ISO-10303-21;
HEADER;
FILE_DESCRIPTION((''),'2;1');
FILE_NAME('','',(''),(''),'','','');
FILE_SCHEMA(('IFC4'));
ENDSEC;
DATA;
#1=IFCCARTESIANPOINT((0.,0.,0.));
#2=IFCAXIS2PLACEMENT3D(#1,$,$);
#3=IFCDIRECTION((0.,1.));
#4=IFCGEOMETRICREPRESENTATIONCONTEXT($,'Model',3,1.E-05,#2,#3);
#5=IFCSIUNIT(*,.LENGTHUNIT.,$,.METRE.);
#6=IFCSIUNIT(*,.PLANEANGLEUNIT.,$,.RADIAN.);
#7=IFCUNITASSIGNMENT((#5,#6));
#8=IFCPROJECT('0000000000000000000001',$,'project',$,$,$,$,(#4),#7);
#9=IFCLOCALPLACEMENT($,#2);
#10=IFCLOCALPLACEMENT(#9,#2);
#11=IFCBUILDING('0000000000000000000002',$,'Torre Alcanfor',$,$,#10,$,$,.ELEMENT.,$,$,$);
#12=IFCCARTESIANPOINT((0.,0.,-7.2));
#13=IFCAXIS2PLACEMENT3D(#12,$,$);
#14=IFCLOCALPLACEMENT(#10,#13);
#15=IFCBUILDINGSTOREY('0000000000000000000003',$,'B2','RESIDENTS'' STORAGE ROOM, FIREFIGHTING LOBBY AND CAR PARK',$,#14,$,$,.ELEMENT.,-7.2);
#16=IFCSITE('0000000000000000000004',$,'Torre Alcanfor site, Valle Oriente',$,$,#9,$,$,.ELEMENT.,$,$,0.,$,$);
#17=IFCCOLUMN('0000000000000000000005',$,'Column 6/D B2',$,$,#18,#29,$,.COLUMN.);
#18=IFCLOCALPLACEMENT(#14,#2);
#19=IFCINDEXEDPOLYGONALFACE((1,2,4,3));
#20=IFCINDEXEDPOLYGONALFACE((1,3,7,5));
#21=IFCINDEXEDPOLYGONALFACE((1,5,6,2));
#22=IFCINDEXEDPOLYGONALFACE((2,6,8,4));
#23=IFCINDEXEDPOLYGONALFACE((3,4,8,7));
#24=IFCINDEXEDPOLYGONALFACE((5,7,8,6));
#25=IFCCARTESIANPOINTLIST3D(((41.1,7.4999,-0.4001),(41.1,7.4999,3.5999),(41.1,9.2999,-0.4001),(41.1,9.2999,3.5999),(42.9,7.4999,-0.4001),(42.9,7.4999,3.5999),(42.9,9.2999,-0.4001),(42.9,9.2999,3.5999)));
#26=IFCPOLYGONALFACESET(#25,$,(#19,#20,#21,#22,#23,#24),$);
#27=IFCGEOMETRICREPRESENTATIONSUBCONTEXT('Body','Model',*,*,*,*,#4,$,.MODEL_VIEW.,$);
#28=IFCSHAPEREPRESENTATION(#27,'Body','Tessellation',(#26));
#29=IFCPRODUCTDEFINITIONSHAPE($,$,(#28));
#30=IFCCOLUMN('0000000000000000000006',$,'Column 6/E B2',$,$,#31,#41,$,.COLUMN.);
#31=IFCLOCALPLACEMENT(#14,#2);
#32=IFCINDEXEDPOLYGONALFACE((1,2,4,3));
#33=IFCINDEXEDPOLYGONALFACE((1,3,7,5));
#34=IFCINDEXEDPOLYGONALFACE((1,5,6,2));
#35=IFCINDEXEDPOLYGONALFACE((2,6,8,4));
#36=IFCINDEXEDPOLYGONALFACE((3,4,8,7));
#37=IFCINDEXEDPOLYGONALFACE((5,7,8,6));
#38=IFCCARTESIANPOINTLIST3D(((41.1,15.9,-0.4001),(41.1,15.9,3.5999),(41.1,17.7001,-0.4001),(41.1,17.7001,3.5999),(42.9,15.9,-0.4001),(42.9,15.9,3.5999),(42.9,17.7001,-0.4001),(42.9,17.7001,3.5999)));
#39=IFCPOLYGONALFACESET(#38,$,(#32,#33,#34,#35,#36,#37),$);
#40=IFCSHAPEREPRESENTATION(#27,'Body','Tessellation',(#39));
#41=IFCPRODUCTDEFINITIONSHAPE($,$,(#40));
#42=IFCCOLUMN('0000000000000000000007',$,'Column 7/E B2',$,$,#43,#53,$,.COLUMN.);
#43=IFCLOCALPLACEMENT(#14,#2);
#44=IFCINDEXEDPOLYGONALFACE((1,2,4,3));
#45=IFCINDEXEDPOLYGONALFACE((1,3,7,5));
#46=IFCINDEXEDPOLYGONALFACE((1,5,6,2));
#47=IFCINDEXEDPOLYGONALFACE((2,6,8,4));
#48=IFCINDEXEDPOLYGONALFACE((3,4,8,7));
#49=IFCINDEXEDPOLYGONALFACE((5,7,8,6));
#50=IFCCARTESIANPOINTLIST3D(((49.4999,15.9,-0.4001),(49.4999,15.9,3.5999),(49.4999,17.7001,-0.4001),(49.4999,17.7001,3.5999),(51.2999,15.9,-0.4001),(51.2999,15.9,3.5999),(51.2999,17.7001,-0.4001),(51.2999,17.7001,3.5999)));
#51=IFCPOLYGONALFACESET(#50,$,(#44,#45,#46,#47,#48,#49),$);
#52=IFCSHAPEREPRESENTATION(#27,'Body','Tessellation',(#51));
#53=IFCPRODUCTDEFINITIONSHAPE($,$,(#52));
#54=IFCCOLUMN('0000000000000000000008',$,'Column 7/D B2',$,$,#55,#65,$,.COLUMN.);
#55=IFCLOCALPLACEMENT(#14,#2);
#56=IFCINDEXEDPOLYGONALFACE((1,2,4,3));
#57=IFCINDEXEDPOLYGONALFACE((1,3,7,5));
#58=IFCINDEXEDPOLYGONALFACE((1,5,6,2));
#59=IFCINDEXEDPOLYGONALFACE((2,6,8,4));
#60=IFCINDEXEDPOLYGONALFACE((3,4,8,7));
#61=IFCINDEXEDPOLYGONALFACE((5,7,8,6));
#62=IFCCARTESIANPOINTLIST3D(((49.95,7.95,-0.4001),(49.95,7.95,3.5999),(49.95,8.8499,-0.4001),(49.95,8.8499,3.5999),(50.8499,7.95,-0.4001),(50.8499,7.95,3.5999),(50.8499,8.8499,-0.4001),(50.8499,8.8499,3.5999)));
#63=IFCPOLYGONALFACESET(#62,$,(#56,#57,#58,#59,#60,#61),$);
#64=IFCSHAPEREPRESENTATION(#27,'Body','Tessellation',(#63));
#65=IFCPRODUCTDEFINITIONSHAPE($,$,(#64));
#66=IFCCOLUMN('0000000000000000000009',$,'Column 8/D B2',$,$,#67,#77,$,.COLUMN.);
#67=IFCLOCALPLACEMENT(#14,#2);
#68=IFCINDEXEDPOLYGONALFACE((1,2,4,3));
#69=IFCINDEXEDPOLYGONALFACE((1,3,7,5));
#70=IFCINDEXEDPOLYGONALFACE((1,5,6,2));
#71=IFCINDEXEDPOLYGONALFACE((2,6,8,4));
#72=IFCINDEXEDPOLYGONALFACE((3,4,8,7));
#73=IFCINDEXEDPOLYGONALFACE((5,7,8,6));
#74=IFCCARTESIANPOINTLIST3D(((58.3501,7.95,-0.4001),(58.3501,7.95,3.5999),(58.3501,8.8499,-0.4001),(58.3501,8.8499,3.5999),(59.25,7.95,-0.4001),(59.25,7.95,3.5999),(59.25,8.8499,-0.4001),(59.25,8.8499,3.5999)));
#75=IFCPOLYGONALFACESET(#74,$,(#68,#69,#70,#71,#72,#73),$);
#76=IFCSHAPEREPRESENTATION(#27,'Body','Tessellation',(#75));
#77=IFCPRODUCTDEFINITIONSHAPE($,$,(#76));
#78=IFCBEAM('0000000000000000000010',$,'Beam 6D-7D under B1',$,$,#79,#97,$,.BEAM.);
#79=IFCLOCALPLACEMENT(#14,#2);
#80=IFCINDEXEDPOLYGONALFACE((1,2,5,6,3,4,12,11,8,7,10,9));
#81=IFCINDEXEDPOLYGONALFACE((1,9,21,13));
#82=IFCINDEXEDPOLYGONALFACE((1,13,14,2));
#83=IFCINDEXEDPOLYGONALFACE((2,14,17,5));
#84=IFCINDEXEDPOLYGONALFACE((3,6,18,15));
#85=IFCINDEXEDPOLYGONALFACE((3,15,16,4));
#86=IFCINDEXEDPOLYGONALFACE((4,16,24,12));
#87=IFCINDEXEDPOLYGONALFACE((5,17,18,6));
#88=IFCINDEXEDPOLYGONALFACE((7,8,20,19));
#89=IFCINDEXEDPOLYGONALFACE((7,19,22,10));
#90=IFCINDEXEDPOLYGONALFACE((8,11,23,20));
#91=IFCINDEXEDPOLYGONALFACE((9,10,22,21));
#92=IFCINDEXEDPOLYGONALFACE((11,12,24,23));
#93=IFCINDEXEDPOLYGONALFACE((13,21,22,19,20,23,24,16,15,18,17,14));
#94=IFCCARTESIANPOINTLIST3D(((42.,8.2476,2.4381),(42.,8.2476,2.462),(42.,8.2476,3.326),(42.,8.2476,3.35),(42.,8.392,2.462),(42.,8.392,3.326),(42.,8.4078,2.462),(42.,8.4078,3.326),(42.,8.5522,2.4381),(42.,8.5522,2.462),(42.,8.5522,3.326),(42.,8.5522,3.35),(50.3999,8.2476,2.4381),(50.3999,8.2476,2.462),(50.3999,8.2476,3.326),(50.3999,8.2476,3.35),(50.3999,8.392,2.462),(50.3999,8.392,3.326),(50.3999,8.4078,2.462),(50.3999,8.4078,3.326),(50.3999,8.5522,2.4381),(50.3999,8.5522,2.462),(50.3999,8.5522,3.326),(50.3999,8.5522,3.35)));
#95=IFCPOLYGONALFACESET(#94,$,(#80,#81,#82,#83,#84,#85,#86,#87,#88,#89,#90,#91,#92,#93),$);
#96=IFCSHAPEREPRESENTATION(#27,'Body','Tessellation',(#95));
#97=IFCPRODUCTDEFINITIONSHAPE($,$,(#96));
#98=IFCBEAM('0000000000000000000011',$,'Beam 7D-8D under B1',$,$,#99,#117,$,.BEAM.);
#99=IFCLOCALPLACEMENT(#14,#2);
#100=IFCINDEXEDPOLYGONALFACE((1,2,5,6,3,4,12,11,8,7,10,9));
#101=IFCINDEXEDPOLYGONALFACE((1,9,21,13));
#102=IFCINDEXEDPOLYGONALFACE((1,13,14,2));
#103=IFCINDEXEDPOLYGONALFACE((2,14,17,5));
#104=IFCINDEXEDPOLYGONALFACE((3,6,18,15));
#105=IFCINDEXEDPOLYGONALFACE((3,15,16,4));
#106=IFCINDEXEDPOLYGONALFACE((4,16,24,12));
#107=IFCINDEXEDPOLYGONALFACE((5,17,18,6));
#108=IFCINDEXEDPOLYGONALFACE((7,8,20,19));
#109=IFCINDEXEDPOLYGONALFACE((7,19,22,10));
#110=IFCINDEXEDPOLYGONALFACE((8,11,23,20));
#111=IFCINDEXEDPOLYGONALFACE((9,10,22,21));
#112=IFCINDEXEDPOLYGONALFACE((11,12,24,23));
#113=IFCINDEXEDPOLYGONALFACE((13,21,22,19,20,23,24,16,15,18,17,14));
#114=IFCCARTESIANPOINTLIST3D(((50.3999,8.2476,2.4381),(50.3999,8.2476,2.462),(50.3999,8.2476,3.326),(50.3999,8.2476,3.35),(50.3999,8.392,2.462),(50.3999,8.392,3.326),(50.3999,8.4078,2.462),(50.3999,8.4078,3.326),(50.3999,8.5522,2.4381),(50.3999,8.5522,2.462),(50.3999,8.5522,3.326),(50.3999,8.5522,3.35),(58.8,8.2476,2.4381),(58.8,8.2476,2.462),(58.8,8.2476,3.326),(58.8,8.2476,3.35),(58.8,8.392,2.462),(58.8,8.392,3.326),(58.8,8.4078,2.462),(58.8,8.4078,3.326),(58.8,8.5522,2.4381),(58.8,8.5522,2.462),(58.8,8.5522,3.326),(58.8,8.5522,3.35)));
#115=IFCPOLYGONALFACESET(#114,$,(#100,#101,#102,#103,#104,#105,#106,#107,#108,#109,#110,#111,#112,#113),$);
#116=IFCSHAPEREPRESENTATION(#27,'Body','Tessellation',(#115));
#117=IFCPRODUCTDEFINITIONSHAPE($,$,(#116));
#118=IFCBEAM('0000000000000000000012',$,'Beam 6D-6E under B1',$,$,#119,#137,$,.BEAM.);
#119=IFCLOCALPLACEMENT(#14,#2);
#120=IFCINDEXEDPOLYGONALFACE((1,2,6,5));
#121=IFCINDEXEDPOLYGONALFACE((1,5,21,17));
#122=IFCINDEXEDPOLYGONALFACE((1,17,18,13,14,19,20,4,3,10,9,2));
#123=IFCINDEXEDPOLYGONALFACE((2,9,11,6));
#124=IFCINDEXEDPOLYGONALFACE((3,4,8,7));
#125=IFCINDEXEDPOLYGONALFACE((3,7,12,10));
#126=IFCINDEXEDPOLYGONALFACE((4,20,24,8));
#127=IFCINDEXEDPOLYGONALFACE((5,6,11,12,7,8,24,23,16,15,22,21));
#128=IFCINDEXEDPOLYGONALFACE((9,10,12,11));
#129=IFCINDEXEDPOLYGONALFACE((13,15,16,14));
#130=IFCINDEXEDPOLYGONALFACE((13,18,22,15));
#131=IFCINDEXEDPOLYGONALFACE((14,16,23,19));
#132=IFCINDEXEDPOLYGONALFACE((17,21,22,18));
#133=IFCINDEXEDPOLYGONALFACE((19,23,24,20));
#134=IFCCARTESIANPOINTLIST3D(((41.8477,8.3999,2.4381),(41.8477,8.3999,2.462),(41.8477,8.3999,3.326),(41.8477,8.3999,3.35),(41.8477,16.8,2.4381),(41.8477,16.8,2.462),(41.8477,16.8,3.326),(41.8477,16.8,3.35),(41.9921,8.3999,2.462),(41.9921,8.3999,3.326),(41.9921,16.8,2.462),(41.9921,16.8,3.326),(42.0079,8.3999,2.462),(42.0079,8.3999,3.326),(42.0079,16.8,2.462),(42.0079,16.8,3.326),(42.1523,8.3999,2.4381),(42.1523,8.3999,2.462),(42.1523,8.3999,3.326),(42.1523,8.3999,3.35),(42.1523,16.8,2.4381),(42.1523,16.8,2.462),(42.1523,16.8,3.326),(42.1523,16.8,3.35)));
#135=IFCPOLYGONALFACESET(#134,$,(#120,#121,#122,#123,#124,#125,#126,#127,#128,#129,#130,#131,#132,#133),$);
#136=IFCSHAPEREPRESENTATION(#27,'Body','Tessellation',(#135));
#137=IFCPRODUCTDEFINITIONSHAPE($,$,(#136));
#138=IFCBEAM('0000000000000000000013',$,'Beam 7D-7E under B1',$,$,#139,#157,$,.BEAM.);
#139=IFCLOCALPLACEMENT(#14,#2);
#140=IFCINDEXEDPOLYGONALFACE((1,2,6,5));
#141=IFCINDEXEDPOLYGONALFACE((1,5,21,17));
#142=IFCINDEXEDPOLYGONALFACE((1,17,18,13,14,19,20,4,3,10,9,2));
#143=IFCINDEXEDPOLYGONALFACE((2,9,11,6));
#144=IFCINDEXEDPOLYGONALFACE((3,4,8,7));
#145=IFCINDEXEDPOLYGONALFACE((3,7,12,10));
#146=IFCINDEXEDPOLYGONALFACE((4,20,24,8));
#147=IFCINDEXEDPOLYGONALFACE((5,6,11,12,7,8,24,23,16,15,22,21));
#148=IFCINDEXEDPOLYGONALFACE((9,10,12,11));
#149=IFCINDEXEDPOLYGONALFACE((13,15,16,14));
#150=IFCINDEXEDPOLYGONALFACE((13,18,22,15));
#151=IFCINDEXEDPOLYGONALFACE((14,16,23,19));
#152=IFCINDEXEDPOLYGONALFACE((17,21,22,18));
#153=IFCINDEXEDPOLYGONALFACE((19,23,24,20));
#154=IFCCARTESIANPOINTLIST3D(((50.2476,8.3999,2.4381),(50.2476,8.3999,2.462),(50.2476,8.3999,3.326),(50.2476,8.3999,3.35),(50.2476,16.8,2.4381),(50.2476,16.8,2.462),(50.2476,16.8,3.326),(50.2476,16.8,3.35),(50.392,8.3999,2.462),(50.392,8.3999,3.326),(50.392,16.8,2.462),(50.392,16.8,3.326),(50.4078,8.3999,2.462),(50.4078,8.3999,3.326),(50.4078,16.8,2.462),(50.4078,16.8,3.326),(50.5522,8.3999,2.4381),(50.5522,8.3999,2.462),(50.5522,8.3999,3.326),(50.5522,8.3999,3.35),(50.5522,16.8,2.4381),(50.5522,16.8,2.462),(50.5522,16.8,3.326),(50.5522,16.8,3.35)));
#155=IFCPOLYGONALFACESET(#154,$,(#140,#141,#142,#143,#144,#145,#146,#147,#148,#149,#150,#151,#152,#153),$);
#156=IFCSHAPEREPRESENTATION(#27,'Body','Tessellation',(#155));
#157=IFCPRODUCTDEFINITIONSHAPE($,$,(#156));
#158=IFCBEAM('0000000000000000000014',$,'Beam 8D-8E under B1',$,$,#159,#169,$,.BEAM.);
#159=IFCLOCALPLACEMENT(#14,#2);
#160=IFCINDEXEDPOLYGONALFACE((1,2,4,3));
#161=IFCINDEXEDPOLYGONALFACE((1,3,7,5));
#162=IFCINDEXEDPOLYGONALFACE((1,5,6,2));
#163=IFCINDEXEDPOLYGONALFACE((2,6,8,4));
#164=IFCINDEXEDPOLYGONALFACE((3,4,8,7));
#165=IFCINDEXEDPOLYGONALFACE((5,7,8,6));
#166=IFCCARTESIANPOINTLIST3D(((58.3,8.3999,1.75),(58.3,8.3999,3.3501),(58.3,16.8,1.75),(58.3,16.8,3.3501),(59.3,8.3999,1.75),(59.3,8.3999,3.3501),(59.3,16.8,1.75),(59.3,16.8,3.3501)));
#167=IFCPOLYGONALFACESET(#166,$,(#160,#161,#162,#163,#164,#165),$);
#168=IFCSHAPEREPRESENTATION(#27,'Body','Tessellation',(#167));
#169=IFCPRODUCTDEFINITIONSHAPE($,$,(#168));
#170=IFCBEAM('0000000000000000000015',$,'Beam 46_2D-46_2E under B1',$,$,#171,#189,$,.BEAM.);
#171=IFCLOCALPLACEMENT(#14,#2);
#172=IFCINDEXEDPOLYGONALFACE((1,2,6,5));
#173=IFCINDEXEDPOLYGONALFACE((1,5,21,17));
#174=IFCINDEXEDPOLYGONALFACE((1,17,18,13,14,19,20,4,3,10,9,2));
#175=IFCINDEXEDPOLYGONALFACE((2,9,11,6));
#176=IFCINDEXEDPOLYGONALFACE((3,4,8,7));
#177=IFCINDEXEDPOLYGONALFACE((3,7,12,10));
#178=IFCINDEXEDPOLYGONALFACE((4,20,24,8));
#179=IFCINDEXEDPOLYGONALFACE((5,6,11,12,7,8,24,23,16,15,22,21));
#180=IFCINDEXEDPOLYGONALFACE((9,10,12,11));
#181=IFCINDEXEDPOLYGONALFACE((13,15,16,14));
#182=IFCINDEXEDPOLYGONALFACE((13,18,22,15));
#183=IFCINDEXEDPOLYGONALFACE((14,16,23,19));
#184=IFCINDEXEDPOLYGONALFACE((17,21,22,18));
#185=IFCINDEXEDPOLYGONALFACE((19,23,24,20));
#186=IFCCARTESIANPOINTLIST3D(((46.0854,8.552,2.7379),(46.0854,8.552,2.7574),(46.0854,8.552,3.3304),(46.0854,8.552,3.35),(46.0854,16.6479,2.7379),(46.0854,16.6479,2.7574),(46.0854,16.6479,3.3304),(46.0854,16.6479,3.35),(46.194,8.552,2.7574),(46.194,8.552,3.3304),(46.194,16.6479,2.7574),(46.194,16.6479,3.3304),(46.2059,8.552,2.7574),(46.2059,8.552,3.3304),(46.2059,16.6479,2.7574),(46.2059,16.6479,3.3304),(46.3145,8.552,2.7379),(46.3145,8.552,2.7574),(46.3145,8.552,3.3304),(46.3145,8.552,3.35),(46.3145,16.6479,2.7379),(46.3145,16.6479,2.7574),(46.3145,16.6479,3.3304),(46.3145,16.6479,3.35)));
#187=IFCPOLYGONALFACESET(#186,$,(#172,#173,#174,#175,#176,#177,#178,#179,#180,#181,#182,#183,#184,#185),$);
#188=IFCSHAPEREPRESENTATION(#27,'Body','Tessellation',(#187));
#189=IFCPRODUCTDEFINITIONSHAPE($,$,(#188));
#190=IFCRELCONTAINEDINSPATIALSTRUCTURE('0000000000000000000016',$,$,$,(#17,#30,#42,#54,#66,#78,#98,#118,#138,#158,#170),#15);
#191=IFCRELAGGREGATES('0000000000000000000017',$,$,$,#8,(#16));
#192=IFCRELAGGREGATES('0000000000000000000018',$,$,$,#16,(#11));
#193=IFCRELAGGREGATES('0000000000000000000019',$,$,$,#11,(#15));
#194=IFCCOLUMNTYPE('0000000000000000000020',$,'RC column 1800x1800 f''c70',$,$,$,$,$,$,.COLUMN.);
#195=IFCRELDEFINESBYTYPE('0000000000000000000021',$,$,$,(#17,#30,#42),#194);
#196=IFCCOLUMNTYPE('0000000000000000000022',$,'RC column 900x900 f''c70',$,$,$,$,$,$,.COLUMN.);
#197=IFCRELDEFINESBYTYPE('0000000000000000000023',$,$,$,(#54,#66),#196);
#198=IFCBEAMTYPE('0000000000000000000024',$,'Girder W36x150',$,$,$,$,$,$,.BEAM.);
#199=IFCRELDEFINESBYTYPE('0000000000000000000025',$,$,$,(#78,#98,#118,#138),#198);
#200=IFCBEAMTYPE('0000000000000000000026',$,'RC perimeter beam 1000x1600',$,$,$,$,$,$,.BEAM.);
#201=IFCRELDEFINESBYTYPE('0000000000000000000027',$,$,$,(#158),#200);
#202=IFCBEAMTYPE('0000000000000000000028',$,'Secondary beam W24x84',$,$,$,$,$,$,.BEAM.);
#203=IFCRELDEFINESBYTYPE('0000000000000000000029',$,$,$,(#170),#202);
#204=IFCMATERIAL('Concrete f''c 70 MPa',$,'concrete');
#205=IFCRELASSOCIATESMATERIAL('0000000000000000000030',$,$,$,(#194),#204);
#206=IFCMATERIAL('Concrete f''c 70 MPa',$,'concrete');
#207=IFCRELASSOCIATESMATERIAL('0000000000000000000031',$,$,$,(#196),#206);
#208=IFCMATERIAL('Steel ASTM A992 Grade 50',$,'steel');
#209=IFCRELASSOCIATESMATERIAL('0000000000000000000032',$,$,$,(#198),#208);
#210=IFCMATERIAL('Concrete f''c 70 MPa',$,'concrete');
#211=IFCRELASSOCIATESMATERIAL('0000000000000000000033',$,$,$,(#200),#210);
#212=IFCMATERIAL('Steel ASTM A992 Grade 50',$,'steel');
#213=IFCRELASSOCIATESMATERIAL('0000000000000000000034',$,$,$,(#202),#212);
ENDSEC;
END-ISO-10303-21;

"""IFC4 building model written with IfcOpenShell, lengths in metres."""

from ifc_helpers import new_model, si_unit, direction, frame, origin, origin_2d, place, context, subcontext, project, spatial, rectangle, i_section, extrude, material, material_profile, profile_set, type_object, element, save


model = new_model("IFC4")

# Units and contexts
model_context = context("Model", 3, precision=1e-05, world=origin(), true_north=direction((0.0, 1.0)))
body_context = subcontext(model_context, "Body", "Model", "MODEL_VIEW")
ifc_project = project(units=[si_unit("LENGTHUNIT", "METRE"), si_unit("PLANEANGLEUNIT", "RADIAN")], contexts=[model_context])

# Site, building, storey
site_placement = place(None, origin())
site = spatial("IfcSite", under=ifc_project, at=site_placement, Name="Torre Alcanfor site, Valle Oriente", CompositionType="ELEMENT", RefElevation=0.0)
building_placement = place(site_placement, origin())
building = spatial("IfcBuilding", under=site, at=building_placement, Name="Torre Alcanfor", CompositionType="ELEMENT")
storey_placement = place(building_placement, frame((0.0, 0.0, -7.2)))
storey = spatial("IfcBuildingStorey", under=building, at=storey_placement, Name="B2", Description="RESIDENTS' STORAGE ROOM, FIREFIGHTING LOBBY AND CAR PARK", CompositionType="ELEMENT", Elevation=-7.2)

# Columns
ifc_material_1 = material(Name="Concrete f'c 70 MPa", Category="concrete")
ifc_material_profile_1 = material_profile(ifc_material_1, rectangle(XDim=1.8, YDim=1.8, at=origin_2d()), Name="1800x1800")
ifc_profile_set_1 = profile_set([ifc_material_profile_1], Name="Concrete f'c 70 MPa")
column_type_1 = type_object("IfcColumnType", Name="RC column 1800x1800 f'c70", PredefinedType="COLUMN", material=ifc_profile_set_1)
for number, where, z_axis, x_axis, name in (
    (1, (42.0, 8.3999, -0.4001), (0.0, 0.0, 1.0), (1.0, 0.0, 0.0), "Column 6/D B2"),
    (2, (42.0, 16.8, -0.4001), (0.0, 0.0, 1.0), (1.0, 0.0, 0.0), "Column 6/E B2"),
    (3, (50.3999, 16.8, -0.4001), (0.0, 0.0, 1.0), (1.0, 0.0, 0.0), "Column 7/E B2"),
):
    element("IfcColumn", number, at=place(storey_placement, frame(where, z_axis=z_axis, x_axis=x_axis)), inside=storey, type_object=column_type_1, Name=name, PredefinedType="COLUMN", context=body_context, shape_type="SweptSolid", body=[
        extrude(rectangle(XDim=1.8, YDim=1.8, at=origin_2d()), origin(), (0.0, 0.0, 1.0), 4.0),
    ])
ifc_material_2 = material(Name="Concrete f'c 70 MPa", Category="concrete")
ifc_material_profile_2 = material_profile(ifc_material_2, rectangle(XDim=0.8999, YDim=0.8999, at=origin_2d()), Name="900x900")
ifc_profile_set_2 = profile_set([ifc_material_profile_2], Name="Concrete f'c 70 MPa")
column_type_2 = type_object("IfcColumnType", Name="RC column 900x900 f'c70", PredefinedType="COLUMN", material=ifc_profile_set_2)
for number, where, z_axis, x_axis, name in (
    (4, (50.3999, 8.3999, -0.4001), (0.0, 0.0, 1.0), (1.0, 0.0, 0.0), "Column 7/D B2"),
    (5, (58.8, 8.3999, -0.4001), (0.0, 0.0, 1.0), (1.0, 0.0, 0.0), "Column 8/D B2"),
):
    element("IfcColumn", number, at=place(storey_placement, frame(where, z_axis=z_axis, x_axis=x_axis)), inside=storey, type_object=column_type_2, Name=name, PredefinedType="COLUMN", context=body_context, shape_type="SweptSolid", body=[
        extrude(rectangle(XDim=0.8999, YDim=0.8999, at=origin_2d()), origin(), (0.0, 0.0, 1.0), 4.0),
    ])

# Beams
ifc_material_3 = material(Name="Steel ASTM A992 Grade 50", Category="steel")
ifc_material_profile_3 = material_profile(ifc_material_3, i_section(OverallWidth=0.3047, OverallDepth=0.9119, WebThickness=0.0159, FlangeThickness=0.0239, at=origin_2d()), Name="W36x150")
ifc_profile_set_3 = profile_set([ifc_material_profile_3], Name="Steel ASTM A992 Grade 50")
beam_type_1 = type_object("IfcBeamType", Name="Girder W36x150", PredefinedType="BEAM", material=ifc_profile_set_3)
beam_1_placement = place(storey_placement, frame((42.0, 8.3999, 2.894), z_axis=(1.0, 0.0, 0.0), x_axis=(0.0, 1.0, 0.0)))
element("IfcBeam", 6, at=beam_1_placement, inside=storey, type_object=beam_type_1, Name="Beam 6D-7D under B1", PredefinedType="BEAM", context=body_context, shape_type="SweptSolid", body=[
    extrude(i_section(OverallWidth=0.3047, OverallDepth=0.9119, WebThickness=0.0159, FlangeThickness=0.0239, at=origin_2d()), origin(), (0.0, 0.0, 1.0), 8.3999),
])
for number, where, z_axis, x_axis, name in (
    (7, (50.3999, 8.3999, 2.894), (1.0, 0.0, 0.0), (0.0, 1.0, 0.0), "Beam 7D-8D under B1"),
    (8, (42.0, 8.3999, 2.894), (0.0, 1.0, 0.0), (-1.0, 0.0, 0.0), "Beam 6D-6E under B1"),
    (9, (50.3999, 8.3999, 2.894), (0.0, 1.0, 0.0), (-1.0, 0.0, 0.0), "Beam 7D-7E under B1"),
):
    element("IfcBeam", number, at=place(storey_placement, frame(where, z_axis=z_axis, x_axis=x_axis)), inside=storey, type_object=beam_type_1, Name=name, PredefinedType="BEAM", context=body_context, shape_type="SweptSolid", body=[
        extrude(i_section(OverallWidth=0.3047, OverallDepth=0.9119, WebThickness=0.0159, FlangeThickness=0.0239, at=origin_2d()), origin(), (0.0, 0.0, 1.0), 8.4001),
    ])
ifc_material_4 = material(Name="Concrete f'c 70 MPa", Category="concrete")
ifc_material_profile_4 = material_profile(ifc_material_4, rectangle(XDim=1.0, YDim=1.6001, at=origin_2d()), Name="1000x1600")
ifc_profile_set_4 = profile_set([ifc_material_profile_4], Name="Concrete f'c 70 MPa")
beam_type_2 = type_object("IfcBeamType", Name="RC perimeter beam 1000x1600", PredefinedType="BEAM", material=ifc_profile_set_4)
beam_2_placement = place(storey_placement, frame((58.8, 8.3999, 2.55), z_axis=(0.0, 1.0, 0.0), x_axis=(-1.0, 0.0, 0.0)))
element("IfcBeam", 10, at=beam_2_placement, inside=storey, type_object=beam_type_2, Name="Beam 8D-8E under B1", PredefinedType="BEAM", context=body_context, shape_type="SweptSolid", body=[
    extrude(rectangle(XDim=1.0, YDim=1.6001, at=origin_2d()), origin(), (0.0, 0.0, 1.0), 8.4001),
])
ifc_material_5 = material(Name="Steel ASTM A992 Grade 50", Category="steel")
ifc_material_profile_5 = material_profile(ifc_material_5, i_section(OverallWidth=0.229, OverallDepth=0.6121, WebThickness=0.012, FlangeThickness=0.0195, at=origin_2d()), Name="W24x84")
ifc_profile_set_5 = profile_set([ifc_material_profile_5], Name="Steel ASTM A992 Grade 50")
beam_type_3 = type_object("IfcBeamType", Name="Secondary beam W24x84", PredefinedType="BEAM", material=ifc_profile_set_5)
for number, where, z_axis, x_axis, name in (
    (11, (46.2, 8.552, 3.0439), (0.0, 1.0, 0.0), (-1.0, 0.0, 0.0), "Beam 46_2D-46_2E under B1"),
):
    element("IfcBeam", number, at=place(storey_placement, frame(where, z_axis=z_axis, x_axis=x_axis)), inside=storey, type_object=beam_type_3, Name=name, PredefinedType="BEAM", context=body_context, shape_type="SweptSolid", body=[
        extrude(i_section(OverallWidth=0.229, OverallDepth=0.6121, WebThickness=0.012, FlangeThickness=0.0195, at=origin_2d()), origin(), (0.0, 0.0, 1.0), 8.0959),
    ])

save(model, "model.ifc")
